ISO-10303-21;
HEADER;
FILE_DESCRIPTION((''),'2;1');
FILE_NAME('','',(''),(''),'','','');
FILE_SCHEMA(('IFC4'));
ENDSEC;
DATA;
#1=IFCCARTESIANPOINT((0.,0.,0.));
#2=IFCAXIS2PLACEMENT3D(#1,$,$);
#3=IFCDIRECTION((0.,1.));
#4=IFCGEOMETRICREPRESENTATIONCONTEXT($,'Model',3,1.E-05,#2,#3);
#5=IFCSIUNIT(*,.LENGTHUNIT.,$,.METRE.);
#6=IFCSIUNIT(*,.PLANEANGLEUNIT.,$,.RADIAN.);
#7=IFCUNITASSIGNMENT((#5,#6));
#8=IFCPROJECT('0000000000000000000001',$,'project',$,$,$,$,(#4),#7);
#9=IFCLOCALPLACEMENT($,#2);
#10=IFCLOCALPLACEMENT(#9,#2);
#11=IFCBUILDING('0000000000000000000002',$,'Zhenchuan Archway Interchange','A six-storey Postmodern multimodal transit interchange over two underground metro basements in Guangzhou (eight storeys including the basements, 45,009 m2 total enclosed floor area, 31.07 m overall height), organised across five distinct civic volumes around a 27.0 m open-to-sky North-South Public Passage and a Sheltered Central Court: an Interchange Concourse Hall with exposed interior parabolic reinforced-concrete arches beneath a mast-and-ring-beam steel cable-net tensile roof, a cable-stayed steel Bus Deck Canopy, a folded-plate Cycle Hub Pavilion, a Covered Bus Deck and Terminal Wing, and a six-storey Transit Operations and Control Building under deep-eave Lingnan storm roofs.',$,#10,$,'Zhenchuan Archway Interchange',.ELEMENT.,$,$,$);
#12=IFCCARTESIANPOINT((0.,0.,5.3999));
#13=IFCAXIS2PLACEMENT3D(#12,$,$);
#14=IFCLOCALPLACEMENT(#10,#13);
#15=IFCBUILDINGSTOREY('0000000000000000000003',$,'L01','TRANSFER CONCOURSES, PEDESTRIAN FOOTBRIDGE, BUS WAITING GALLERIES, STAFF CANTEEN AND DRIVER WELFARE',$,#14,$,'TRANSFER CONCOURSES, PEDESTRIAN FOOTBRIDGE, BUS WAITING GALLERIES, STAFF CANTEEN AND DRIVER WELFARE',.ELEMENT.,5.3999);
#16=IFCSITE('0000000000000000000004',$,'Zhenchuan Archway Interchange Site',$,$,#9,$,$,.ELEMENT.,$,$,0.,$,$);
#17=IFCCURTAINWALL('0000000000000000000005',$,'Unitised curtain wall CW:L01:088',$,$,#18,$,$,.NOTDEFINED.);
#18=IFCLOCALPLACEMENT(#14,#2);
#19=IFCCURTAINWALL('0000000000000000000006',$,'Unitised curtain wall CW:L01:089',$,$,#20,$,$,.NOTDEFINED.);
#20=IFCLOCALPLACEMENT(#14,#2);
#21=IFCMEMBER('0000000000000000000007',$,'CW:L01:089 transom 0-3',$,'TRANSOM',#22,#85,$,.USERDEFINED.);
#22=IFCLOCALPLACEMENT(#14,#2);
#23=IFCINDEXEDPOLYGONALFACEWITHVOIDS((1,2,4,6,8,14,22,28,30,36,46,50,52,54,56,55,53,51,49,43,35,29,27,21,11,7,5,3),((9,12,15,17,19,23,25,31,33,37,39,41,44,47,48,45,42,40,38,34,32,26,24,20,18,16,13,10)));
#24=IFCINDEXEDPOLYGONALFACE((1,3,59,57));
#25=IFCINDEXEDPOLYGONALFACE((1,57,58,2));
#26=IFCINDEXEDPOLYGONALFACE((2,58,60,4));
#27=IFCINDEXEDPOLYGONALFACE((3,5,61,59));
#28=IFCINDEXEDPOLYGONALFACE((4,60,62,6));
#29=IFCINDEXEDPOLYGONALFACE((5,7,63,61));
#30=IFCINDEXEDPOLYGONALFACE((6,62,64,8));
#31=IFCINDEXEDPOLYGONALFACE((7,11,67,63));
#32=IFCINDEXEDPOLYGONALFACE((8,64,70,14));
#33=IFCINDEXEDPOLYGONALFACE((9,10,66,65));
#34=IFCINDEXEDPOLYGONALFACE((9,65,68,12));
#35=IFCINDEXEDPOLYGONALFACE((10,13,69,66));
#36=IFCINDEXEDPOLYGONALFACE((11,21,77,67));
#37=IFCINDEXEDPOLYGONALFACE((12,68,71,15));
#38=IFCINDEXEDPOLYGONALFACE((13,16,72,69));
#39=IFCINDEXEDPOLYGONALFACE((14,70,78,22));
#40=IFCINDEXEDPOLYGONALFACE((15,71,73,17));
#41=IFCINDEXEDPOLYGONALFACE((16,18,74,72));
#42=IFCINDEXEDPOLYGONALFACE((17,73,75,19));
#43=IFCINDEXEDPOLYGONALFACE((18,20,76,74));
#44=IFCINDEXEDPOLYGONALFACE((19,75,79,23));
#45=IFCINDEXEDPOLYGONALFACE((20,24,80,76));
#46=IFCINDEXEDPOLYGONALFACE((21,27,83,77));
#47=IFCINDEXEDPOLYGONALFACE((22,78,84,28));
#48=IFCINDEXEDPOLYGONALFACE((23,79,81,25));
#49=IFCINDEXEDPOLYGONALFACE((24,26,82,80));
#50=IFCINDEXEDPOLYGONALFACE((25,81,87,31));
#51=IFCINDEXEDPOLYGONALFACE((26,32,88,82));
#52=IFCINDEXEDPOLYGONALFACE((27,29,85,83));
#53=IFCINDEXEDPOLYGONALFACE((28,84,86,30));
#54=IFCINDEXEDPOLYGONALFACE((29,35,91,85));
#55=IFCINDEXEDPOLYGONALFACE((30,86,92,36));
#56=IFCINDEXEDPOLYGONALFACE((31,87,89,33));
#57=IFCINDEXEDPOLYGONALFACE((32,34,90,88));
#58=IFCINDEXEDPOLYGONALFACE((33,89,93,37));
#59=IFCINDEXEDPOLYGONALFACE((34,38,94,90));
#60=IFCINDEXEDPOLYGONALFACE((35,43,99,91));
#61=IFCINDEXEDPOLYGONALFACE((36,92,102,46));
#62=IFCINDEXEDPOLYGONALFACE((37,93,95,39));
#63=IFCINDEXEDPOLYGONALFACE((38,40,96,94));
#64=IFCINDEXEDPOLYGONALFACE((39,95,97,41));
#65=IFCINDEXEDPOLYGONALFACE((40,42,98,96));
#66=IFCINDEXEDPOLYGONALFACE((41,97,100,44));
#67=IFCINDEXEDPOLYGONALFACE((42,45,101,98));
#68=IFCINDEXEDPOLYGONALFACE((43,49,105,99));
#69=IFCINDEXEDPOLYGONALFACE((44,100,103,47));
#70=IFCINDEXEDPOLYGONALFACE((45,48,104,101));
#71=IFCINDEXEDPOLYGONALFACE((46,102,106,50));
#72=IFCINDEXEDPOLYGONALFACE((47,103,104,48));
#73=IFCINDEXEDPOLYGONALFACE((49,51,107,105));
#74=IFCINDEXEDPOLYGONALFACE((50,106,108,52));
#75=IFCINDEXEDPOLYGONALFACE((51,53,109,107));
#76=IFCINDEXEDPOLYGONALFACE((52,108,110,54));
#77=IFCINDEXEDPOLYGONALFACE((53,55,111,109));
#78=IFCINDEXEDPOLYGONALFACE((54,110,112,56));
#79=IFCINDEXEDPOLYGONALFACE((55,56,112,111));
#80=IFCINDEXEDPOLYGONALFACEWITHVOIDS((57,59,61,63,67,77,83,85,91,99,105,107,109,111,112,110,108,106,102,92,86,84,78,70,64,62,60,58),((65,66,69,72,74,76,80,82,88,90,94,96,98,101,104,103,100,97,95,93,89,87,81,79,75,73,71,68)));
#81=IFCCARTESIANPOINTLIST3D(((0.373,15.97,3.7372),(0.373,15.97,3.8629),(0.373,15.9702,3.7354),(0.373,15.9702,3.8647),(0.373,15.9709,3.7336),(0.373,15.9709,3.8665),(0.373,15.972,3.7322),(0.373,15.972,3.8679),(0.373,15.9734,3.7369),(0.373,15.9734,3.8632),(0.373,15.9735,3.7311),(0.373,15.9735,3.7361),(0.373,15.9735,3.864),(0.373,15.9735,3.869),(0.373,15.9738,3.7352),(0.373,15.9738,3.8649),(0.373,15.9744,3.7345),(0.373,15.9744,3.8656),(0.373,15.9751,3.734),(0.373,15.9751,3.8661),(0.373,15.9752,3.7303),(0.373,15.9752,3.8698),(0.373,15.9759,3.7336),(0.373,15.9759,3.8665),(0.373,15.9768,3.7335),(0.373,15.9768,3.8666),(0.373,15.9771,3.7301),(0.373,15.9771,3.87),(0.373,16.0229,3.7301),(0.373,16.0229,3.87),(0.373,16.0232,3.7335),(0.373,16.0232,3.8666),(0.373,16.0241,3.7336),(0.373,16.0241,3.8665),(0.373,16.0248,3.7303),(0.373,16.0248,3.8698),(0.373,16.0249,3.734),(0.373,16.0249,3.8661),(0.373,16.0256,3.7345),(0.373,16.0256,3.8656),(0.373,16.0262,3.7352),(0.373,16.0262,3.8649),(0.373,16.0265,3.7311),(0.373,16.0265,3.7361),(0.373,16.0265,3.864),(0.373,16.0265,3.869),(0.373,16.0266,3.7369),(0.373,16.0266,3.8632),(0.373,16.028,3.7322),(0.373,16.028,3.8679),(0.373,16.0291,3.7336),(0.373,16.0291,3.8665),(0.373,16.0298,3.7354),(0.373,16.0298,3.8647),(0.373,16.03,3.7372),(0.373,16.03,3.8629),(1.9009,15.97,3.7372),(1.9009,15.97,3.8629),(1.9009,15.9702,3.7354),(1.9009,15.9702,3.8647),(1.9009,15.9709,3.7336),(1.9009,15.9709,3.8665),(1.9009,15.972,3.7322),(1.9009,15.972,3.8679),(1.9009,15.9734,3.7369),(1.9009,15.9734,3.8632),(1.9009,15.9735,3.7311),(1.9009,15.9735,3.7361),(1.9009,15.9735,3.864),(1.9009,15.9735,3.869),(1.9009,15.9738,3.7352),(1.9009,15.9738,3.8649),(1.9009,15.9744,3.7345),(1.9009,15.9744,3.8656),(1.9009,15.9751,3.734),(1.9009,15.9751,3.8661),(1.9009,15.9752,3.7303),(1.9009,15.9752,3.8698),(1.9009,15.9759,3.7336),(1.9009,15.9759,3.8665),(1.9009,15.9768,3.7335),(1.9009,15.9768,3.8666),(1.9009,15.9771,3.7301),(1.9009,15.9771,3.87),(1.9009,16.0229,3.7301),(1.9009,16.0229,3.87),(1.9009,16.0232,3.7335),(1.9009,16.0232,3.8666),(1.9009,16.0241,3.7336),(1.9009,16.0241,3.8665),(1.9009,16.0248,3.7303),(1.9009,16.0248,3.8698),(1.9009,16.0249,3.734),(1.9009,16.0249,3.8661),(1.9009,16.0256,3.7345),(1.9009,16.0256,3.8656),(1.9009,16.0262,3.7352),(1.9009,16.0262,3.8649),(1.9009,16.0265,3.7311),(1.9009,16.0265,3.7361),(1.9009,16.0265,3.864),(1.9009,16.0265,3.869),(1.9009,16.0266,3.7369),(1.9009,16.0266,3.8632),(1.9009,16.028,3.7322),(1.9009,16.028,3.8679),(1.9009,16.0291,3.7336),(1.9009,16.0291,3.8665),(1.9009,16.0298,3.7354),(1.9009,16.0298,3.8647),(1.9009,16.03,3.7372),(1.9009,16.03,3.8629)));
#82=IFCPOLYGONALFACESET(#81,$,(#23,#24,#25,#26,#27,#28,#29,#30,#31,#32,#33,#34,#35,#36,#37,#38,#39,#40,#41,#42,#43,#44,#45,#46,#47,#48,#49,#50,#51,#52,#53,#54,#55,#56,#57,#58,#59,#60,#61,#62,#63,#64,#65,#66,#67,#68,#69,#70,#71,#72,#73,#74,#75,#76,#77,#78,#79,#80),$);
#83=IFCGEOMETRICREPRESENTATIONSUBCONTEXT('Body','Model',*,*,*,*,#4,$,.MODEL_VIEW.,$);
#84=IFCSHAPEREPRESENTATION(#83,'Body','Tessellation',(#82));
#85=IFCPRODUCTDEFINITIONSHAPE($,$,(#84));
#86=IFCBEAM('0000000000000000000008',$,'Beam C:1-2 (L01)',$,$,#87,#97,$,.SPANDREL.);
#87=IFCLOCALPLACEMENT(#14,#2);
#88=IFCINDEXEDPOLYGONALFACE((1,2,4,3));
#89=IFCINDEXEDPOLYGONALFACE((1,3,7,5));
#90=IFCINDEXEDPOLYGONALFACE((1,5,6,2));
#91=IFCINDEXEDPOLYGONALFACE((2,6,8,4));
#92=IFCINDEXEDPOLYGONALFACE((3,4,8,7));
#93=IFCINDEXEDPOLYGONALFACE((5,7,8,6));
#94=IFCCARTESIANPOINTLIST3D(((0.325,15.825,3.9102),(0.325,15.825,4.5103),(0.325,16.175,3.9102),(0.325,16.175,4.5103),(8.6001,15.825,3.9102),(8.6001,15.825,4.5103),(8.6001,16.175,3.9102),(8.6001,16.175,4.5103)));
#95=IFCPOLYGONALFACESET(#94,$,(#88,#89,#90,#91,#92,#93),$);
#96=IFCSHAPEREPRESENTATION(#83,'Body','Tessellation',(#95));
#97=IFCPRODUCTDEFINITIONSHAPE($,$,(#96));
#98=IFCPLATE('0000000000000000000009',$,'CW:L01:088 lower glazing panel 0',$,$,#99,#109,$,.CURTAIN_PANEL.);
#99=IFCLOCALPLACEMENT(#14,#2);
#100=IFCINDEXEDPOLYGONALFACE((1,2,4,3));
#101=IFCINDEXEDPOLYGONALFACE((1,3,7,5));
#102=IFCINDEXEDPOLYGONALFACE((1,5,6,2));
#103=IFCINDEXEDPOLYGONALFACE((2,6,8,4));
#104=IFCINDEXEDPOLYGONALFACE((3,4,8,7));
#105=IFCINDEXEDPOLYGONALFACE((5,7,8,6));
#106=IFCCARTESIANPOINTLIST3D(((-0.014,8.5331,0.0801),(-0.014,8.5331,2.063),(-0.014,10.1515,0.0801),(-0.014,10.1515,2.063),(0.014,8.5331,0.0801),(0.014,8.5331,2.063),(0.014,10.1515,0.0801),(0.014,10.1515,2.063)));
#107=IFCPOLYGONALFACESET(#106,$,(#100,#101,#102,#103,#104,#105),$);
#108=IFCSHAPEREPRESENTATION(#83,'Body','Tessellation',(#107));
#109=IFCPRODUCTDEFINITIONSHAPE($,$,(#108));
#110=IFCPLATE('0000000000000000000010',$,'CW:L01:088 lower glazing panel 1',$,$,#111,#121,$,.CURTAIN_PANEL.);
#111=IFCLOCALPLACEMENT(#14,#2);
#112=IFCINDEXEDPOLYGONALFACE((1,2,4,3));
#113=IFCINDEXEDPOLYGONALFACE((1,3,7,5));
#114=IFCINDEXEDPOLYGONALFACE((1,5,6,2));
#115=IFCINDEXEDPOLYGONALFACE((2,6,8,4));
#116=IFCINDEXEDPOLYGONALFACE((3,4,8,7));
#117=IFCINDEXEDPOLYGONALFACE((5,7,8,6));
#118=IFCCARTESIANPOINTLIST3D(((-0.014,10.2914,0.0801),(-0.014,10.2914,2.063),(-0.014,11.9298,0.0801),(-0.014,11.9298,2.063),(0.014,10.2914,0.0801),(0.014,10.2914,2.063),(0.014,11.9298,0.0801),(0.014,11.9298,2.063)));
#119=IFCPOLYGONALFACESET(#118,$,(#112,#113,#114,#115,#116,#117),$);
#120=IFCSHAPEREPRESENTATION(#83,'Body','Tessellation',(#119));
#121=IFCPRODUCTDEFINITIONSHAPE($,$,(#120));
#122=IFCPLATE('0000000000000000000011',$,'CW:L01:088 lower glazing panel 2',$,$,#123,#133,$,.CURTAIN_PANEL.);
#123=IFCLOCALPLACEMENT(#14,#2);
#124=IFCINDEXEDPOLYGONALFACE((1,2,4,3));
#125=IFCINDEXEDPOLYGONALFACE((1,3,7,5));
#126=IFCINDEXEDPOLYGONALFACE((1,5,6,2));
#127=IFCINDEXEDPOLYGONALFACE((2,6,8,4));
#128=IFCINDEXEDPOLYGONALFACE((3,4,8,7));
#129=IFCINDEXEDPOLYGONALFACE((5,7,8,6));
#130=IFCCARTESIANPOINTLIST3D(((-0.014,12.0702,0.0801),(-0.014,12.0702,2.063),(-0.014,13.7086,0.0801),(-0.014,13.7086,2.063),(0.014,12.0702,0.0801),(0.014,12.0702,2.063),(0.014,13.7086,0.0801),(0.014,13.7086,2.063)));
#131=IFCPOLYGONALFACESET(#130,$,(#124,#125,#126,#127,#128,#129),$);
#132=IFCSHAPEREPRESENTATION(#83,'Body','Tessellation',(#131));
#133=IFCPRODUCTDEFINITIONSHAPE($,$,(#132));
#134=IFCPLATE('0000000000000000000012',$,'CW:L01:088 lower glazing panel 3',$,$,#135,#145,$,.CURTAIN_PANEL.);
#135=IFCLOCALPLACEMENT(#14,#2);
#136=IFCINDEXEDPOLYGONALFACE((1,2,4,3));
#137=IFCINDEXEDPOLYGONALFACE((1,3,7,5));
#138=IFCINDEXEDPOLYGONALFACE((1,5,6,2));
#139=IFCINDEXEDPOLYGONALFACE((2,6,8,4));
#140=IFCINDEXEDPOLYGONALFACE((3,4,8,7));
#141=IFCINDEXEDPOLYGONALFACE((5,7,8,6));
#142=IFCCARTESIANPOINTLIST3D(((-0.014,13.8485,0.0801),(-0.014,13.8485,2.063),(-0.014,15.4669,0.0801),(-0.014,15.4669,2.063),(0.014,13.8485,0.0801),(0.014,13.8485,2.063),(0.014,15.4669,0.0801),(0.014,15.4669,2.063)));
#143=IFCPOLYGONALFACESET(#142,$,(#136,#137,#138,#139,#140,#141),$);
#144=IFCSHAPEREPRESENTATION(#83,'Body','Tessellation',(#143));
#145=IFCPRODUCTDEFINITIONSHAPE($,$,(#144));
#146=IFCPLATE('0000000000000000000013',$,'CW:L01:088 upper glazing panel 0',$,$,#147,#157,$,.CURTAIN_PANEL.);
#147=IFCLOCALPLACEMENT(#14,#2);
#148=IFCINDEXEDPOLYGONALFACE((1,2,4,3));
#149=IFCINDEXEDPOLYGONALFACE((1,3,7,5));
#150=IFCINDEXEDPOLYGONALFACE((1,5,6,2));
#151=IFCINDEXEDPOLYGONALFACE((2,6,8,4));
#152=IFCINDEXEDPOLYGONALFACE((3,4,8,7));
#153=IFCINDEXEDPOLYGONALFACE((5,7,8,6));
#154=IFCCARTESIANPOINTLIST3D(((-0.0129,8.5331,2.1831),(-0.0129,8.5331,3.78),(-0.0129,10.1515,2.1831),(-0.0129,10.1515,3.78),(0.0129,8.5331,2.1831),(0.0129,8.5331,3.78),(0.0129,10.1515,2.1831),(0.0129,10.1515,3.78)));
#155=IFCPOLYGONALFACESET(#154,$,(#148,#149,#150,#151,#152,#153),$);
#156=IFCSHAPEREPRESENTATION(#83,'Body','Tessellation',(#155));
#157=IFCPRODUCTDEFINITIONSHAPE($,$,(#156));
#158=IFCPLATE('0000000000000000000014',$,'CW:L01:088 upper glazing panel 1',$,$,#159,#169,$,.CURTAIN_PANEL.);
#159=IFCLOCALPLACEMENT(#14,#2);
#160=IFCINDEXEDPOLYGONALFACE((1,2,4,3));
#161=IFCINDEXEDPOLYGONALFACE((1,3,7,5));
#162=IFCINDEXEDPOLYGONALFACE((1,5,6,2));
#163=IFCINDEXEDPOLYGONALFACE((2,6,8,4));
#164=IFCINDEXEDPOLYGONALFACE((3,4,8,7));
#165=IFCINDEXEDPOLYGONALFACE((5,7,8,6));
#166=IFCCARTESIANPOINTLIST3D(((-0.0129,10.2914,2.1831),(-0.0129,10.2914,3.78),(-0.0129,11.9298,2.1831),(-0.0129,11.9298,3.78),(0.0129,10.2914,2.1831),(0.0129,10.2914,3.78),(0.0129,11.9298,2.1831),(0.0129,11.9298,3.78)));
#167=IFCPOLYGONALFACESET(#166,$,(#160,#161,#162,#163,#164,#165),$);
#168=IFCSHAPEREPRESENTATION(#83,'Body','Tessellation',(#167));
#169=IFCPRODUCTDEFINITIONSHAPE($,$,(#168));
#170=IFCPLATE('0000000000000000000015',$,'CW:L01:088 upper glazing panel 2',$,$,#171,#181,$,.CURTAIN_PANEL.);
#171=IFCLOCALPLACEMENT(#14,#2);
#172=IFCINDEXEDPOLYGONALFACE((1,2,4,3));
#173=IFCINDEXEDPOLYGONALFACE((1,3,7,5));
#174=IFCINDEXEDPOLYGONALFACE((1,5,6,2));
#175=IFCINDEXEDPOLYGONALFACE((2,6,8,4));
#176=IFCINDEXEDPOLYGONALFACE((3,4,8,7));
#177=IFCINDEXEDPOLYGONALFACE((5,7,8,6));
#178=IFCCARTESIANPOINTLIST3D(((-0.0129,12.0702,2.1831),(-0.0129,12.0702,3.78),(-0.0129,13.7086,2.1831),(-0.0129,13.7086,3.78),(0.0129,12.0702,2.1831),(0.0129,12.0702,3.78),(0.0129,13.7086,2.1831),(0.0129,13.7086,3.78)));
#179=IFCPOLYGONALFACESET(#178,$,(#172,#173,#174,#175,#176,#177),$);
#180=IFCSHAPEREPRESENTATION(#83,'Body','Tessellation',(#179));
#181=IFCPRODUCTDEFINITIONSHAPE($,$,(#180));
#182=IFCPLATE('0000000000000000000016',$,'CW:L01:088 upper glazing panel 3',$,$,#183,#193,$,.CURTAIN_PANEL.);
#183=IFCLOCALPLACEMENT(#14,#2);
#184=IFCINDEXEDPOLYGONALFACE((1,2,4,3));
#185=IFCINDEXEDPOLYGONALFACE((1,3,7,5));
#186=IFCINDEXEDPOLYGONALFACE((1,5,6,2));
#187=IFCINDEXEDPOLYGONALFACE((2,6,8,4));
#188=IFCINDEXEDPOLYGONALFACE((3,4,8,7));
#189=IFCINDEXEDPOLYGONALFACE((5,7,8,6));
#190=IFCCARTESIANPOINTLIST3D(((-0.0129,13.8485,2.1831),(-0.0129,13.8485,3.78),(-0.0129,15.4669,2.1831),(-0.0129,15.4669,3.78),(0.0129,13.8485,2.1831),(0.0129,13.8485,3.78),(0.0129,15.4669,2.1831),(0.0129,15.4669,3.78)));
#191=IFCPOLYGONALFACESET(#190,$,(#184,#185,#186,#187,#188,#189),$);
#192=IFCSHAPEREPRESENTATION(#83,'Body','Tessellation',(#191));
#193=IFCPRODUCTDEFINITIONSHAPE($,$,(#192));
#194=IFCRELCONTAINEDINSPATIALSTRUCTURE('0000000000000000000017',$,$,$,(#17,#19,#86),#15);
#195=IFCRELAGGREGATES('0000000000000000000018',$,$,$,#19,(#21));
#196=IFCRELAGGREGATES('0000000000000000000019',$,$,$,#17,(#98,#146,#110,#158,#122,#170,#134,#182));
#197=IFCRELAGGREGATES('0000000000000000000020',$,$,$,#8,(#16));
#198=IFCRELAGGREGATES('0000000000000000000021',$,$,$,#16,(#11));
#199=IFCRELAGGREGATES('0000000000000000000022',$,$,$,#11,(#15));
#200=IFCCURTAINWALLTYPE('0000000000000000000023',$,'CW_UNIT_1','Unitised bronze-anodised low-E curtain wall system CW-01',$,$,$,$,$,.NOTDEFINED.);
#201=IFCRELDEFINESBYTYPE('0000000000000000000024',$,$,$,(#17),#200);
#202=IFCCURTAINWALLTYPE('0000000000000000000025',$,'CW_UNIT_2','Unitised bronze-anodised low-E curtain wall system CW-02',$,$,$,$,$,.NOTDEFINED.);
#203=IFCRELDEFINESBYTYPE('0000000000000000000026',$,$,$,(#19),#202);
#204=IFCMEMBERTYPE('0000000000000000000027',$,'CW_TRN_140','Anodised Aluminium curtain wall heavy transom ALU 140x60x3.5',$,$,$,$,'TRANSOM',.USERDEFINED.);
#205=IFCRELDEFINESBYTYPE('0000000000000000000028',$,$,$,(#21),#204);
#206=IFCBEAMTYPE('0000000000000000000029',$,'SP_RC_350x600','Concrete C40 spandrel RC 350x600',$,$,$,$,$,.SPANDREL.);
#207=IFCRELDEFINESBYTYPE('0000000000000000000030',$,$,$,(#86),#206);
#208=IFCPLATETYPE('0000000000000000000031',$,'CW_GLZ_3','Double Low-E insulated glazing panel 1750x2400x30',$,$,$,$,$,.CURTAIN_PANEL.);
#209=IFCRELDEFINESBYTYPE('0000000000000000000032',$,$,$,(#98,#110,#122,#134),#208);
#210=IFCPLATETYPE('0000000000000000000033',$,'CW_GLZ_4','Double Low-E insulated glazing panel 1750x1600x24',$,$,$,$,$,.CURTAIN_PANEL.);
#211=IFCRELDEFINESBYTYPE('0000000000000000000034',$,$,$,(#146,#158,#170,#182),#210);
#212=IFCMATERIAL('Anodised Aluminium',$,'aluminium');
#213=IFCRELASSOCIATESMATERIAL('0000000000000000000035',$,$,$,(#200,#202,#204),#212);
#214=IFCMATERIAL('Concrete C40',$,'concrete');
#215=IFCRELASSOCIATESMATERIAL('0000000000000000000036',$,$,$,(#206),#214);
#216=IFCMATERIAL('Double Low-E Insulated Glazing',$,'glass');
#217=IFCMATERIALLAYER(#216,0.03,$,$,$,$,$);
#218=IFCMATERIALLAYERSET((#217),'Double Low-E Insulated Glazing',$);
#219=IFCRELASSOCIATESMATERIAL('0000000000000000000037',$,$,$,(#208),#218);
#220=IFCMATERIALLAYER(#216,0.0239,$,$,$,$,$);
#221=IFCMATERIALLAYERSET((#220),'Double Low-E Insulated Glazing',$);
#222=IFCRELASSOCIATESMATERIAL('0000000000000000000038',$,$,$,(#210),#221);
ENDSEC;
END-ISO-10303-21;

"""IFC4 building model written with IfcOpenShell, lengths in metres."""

from ifc_helpers import new_model, si_unit, direction, frame, origin, origin_2d, place, context, subcontext, project, spatial, rectangle, hollow_rectangle, extrude, material, layer, layer_set, material_profile, profile_set, type_object, element, aggregate, save


model = new_model("IFC4")

# Units and contexts
model_context = context("Model", 3, precision=1e-05, world=origin(), true_north=direction((0.0, 1.0)))
body_context = subcontext(model_context, "Body", "Model", "MODEL_VIEW")
ifc_project = project(units=[si_unit("LENGTHUNIT", "METRE"), si_unit("PLANEANGLEUNIT", "RADIAN")], contexts=[model_context])

# Site, building, storey
site_placement = place(None, origin())
site = spatial("IfcSite", under=ifc_project, at=site_placement, Name="Zhenchuan Archway Interchange Site", CompositionType="ELEMENT", RefElevation=0.0)
building_placement = place(site_placement, origin())
building = spatial("IfcBuilding", under=site, at=building_placement, Name="Zhenchuan Archway Interchange", Description="A six-storey Postmodern multimodal transit interchange over two underground metro basements in Guangzhou (eight storeys including the basements, 45,009 m2 total enclosed floor area, 31.07 m overall height), organised across five distinct civic volumes around a 27.0 m open-to-sky North-South Public Passage and a Sheltered Central Court: an Interchange Concourse Hall with exposed interior parabolic reinforced-concrete arches beneath a mast-and-ring-beam steel cable-net tensile roof, a cable-stayed steel Bus Deck Canopy, a folded-plate Cycle Hub Pavilion, a Covered Bus Deck and Terminal Wing, and a six-storey Transit Operations and Control Building under deep-eave Lingnan storm roofs.", LongName="Zhenchuan Archway Interchange", CompositionType="ELEMENT")
storey_placement = place(building_placement, frame((0.0, 0.0, 5.3999)))
storey = spatial("IfcBuildingStorey", under=building, at=storey_placement, Name="L01", Description="TRANSFER CONCOURSES, PEDESTRIAN FOOTBRIDGE, BUS WAITING GALLERIES, STAFF CANTEEN AND DRIVER WELFARE", LongName="TRANSFER CONCOURSES, PEDESTRIAN FOOTBRIDGE, BUS WAITING GALLERIES, STAFF CANTEEN AND DRIVER WELFARE", CompositionType="ELEMENT", Elevation=5.3999)

# Shared definitions
ifc_material_1 = material(Name="Concrete C40", Category="concrete")

# Curtain wall
ifc_material_2 = material(Name="Anodised Aluminium", Category="aluminium")
curtain_wall_type_1 = type_object("IfcCurtainWallType", Name="CW_UNIT_1", Description="Unitised bronze-anodised low-E curtain wall system CW-01", PredefinedType="NOTDEFINED", material=ifc_material_2)
curtain_wall_1_placement = place(storey_placement, origin())
curtain_wall_1 = element("IfcCurtainWall", 1, at=curtain_wall_1_placement, inside=storey, type_object=curtain_wall_type_1, Name="Unitised curtain wall CW:L01:088", PredefinedType="NOTDEFINED")

# Curtain wall
curtain_wall_type_2 = type_object("IfcCurtainWallType", Name="CW_UNIT_2", Description="Unitised bronze-anodised low-E curtain wall system CW-02", PredefinedType="NOTDEFINED", material=ifc_material_2)
curtain_wall_2_placement = place(storey_placement, origin())
curtain_wall_2 = element("IfcCurtainWall", 2, at=curtain_wall_2_placement, inside=storey, type_object=curtain_wall_type_2, Name="Unitised curtain wall CW:L01:089", PredefinedType="NOTDEFINED")

# Member
ifc_material_profile_1 = material_profile(ifc_material_2, hollow_rectangle(XDim=0.0601, YDim=0.1399, WallThickness=0.0034, InnerFilletRadius=0.0034, OuterFilletRadius=0.0071, at=origin_2d()), Name="ALU 140x60x3.5")
ifc_profile_set_1 = profile_set([ifc_material_profile_1], Name="Anodised Aluminium")
member_type_1 = type_object("IfcMemberType", Name="CW_TRN_140", Description="Anodised Aluminium curtain wall heavy transom ALU 140x60x3.5", ElementType="TRANSOM", PredefinedType="USERDEFINED", material=ifc_profile_set_1)
member_1_placement = place(storey_placement, frame((0.373, 16.0, 3.8), z_axis=(1.0, 0.0, 0.0), x_axis=(0.0, 1.0, 0.0)))
member_1 = element("IfcMember", 3, at=member_1_placement, type_object=member_type_1, Name="CW:L01:089 transom 0-3", ObjectType="TRANSOM", PredefinedType="USERDEFINED", context=body_context, shape_type="SweptSolid", body=[
    extrude(hollow_rectangle(XDim=0.0601, YDim=0.1399, WallThickness=0.0034, InnerFilletRadius=0.0034, OuterFilletRadius=0.0071, at=origin_2d()), origin(), (0.0, 0.0, 1.0), 1.5278),
])
aggregate(curtain_wall_2, [member_1])

# Beam
ifc_material_profile_2 = material_profile(ifc_material_1, rectangle(XDim=0.3501, YDim=0.6001, at=origin_2d()), Name="RC 350x600")
ifc_profile_set_2 = profile_set([ifc_material_profile_2], Name="Concrete C40")
beam_type = type_object("IfcBeamType", Name="SP_RC_350x600", Description="Concrete C40 spandrel RC 350x600", PredefinedType="SPANDREL", material=ifc_profile_set_2)
beam_placement = place(storey_placement, frame((0.325, 16.0, 4.2102), z_axis=(1.0, 0.0, 0.0), x_axis=(0.0, 1.0, 0.0)))
element("IfcBeam", 4, at=beam_placement, inside=storey, type_object=beam_type, Name="Beam C:1-2 (L01)", PredefinedType="SPANDREL", context=body_context, shape_type="SweptSolid", body=[
    extrude(rectangle(XDim=0.3501, YDim=0.6001, at=origin_2d()), origin(), (0.0, 0.0, 1.0), 8.2751),
])

# Plates
ifc_material_3 = material(Name="Double Low-E Insulated Glazing", Category="glass")
ifc_layer_1 = layer(ifc_material_3, 0.03)
ifc_layer_set_1 = layer_set([ifc_layer_1], Name="Double Low-E Insulated Glazing")
plate_type_1 = type_object("IfcPlateType", Name="CW_GLZ_3", Description="Double Low-E insulated glazing panel 1750x2400x30", PredefinedType="CURTAIN_PANEL", material=ifc_layer_set_1)
plate_1_placement = place(storey_placement, frame((0.0, 9.3423, 0.0801), z_axis=(0.0, 0.0, 1.0), x_axis=(0.0, 1.0, 0.0)))
plate_1 = element("IfcPlate", 5, at=plate_1_placement, type_object=plate_type_1, Name="CW:L01:088 lower glazing panel 0", PredefinedType="CURTAIN_PANEL", context=body_context, shape_type="SweptSolid", body=[
    extrude(rectangle(XDim=1.6184, YDim=0.0281, at=origin_2d()), origin(), (0.0, 0.0, 1.0), 1.9829),
])
plate_2_placement = place(storey_placement, frame((0.0, 11.1106, 0.0801), z_axis=(0.0, 0.0, 1.0), x_axis=(0.0, 1.0, 0.0)))
plate_2 = element("IfcPlate", 6, at=plate_2_placement, type_object=plate_type_1, Name="CW:L01:088 lower glazing panel 1", PredefinedType="CURTAIN_PANEL", context=body_context, shape_type="SweptSolid", body=[
    extrude(rectangle(XDim=1.6384, YDim=0.0281, at=origin_2d()), origin(), (0.0, 0.0, 1.0), 1.9829),
])
plate_3_placement = place(storey_placement, frame((0.0, 12.8894, 0.0801), z_axis=(0.0, 0.0, 1.0), x_axis=(0.0, 1.0, 0.0)))
plate_3 = element("IfcPlate", 7, at=plate_3_placement, type_object=plate_type_1, Name="CW:L01:088 lower glazing panel 2", PredefinedType="CURTAIN_PANEL", context=body_context, shape_type="SweptSolid", body=[
    extrude(rectangle(XDim=1.6384, YDim=0.0281, at=origin_2d()), origin(), (0.0, 0.0, 1.0), 1.9829),
])
plate_4_placement = place(storey_placement, frame((0.0, 14.6577, 0.0801), z_axis=(0.0, 0.0, 1.0), x_axis=(0.0, 1.0, 0.0)))
plate_4 = element("IfcPlate", 8, at=plate_4_placement, type_object=plate_type_1, Name="CW:L01:088 lower glazing panel 3", PredefinedType="CURTAIN_PANEL", context=body_context, shape_type="SweptSolid", body=[
    extrude(rectangle(XDim=1.6184, YDim=0.0281, at=origin_2d()), origin(), (0.0, 0.0, 1.0), 1.9829),
])
ifc_layer_2 = layer(ifc_material_3, 0.0239)
ifc_layer_set_2 = layer_set([ifc_layer_2], Name="Double Low-E Insulated Glazing")
plate_type_2 = type_object("IfcPlateType", Name="CW_GLZ_4", Description="Double Low-E insulated glazing panel 1750x1600x24", PredefinedType="CURTAIN_PANEL", material=ifc_layer_set_2)
plate_5_placement = place(storey_placement, frame((0.0, 9.3423, 2.1831), z_axis=(0.0, 0.0, 1.0), x_axis=(0.0, 1.0, 0.0)))
plate_5 = element("IfcPlate", 9, at=plate_5_placement, type_object=plate_type_2, Name="CW:L01:088 upper glazing panel 0", PredefinedType="CURTAIN_PANEL", context=body_context, shape_type="SweptSolid", body=[
    extrude(rectangle(XDim=1.6184, YDim=0.0259, at=origin_2d()), origin(), (0.0, 0.0, 1.0), 1.5969),
])
plate_6_placement = place(storey_placement, frame((0.0, 11.1106, 2.1831), z_axis=(0.0, 0.0, 1.0), x_axis=(0.0, 1.0, 0.0)))
plate_6 = element("IfcPlate", 10, at=plate_6_placement, type_object=plate_type_2, Name="CW:L01:088 upper glazing panel 1", PredefinedType="CURTAIN_PANEL", context=body_context, shape_type="SweptSolid", body=[
    extrude(rectangle(XDim=1.6384, YDim=0.0259, at=origin_2d()), origin(), (0.0, 0.0, 1.0), 1.5969),
])
plate_7_placement = place(storey_placement, frame((0.0, 12.8894, 2.1831), z_axis=(0.0, 0.0, 1.0), x_axis=(0.0, 1.0, 0.0)))
plate_7 = element("IfcPlate", 11, at=plate_7_placement, type_object=plate_type_2, Name="CW:L01:088 upper glazing panel 2", PredefinedType="CURTAIN_PANEL", context=body_context, shape_type="SweptSolid", body=[
    extrude(rectangle(XDim=1.6384, YDim=0.0259, at=origin_2d()), origin(), (0.0, 0.0, 1.0), 1.5969),
])
plate_8_placement = place(storey_placement, frame((0.0, 14.6577, 2.1831), z_axis=(0.0, 0.0, 1.0), x_axis=(0.0, 1.0, 0.0)))
plate_8 = element("IfcPlate", 12, at=plate_8_placement, type_object=plate_type_2, Name="CW:L01:088 upper glazing panel 3", PredefinedType="CURTAIN_PANEL", context=body_context, shape_type="SweptSolid", body=[
    extrude(rectangle(XDim=1.6184, YDim=0.0259, at=origin_2d()), origin(), (0.0, 0.0, 1.0), 1.5969),
])
aggregate(curtain_wall_1, [plate_1, plate_5, plate_2, plate_6, plate_3, plate_7, plate_4, plate_8])

save(model, "model.ifc")
